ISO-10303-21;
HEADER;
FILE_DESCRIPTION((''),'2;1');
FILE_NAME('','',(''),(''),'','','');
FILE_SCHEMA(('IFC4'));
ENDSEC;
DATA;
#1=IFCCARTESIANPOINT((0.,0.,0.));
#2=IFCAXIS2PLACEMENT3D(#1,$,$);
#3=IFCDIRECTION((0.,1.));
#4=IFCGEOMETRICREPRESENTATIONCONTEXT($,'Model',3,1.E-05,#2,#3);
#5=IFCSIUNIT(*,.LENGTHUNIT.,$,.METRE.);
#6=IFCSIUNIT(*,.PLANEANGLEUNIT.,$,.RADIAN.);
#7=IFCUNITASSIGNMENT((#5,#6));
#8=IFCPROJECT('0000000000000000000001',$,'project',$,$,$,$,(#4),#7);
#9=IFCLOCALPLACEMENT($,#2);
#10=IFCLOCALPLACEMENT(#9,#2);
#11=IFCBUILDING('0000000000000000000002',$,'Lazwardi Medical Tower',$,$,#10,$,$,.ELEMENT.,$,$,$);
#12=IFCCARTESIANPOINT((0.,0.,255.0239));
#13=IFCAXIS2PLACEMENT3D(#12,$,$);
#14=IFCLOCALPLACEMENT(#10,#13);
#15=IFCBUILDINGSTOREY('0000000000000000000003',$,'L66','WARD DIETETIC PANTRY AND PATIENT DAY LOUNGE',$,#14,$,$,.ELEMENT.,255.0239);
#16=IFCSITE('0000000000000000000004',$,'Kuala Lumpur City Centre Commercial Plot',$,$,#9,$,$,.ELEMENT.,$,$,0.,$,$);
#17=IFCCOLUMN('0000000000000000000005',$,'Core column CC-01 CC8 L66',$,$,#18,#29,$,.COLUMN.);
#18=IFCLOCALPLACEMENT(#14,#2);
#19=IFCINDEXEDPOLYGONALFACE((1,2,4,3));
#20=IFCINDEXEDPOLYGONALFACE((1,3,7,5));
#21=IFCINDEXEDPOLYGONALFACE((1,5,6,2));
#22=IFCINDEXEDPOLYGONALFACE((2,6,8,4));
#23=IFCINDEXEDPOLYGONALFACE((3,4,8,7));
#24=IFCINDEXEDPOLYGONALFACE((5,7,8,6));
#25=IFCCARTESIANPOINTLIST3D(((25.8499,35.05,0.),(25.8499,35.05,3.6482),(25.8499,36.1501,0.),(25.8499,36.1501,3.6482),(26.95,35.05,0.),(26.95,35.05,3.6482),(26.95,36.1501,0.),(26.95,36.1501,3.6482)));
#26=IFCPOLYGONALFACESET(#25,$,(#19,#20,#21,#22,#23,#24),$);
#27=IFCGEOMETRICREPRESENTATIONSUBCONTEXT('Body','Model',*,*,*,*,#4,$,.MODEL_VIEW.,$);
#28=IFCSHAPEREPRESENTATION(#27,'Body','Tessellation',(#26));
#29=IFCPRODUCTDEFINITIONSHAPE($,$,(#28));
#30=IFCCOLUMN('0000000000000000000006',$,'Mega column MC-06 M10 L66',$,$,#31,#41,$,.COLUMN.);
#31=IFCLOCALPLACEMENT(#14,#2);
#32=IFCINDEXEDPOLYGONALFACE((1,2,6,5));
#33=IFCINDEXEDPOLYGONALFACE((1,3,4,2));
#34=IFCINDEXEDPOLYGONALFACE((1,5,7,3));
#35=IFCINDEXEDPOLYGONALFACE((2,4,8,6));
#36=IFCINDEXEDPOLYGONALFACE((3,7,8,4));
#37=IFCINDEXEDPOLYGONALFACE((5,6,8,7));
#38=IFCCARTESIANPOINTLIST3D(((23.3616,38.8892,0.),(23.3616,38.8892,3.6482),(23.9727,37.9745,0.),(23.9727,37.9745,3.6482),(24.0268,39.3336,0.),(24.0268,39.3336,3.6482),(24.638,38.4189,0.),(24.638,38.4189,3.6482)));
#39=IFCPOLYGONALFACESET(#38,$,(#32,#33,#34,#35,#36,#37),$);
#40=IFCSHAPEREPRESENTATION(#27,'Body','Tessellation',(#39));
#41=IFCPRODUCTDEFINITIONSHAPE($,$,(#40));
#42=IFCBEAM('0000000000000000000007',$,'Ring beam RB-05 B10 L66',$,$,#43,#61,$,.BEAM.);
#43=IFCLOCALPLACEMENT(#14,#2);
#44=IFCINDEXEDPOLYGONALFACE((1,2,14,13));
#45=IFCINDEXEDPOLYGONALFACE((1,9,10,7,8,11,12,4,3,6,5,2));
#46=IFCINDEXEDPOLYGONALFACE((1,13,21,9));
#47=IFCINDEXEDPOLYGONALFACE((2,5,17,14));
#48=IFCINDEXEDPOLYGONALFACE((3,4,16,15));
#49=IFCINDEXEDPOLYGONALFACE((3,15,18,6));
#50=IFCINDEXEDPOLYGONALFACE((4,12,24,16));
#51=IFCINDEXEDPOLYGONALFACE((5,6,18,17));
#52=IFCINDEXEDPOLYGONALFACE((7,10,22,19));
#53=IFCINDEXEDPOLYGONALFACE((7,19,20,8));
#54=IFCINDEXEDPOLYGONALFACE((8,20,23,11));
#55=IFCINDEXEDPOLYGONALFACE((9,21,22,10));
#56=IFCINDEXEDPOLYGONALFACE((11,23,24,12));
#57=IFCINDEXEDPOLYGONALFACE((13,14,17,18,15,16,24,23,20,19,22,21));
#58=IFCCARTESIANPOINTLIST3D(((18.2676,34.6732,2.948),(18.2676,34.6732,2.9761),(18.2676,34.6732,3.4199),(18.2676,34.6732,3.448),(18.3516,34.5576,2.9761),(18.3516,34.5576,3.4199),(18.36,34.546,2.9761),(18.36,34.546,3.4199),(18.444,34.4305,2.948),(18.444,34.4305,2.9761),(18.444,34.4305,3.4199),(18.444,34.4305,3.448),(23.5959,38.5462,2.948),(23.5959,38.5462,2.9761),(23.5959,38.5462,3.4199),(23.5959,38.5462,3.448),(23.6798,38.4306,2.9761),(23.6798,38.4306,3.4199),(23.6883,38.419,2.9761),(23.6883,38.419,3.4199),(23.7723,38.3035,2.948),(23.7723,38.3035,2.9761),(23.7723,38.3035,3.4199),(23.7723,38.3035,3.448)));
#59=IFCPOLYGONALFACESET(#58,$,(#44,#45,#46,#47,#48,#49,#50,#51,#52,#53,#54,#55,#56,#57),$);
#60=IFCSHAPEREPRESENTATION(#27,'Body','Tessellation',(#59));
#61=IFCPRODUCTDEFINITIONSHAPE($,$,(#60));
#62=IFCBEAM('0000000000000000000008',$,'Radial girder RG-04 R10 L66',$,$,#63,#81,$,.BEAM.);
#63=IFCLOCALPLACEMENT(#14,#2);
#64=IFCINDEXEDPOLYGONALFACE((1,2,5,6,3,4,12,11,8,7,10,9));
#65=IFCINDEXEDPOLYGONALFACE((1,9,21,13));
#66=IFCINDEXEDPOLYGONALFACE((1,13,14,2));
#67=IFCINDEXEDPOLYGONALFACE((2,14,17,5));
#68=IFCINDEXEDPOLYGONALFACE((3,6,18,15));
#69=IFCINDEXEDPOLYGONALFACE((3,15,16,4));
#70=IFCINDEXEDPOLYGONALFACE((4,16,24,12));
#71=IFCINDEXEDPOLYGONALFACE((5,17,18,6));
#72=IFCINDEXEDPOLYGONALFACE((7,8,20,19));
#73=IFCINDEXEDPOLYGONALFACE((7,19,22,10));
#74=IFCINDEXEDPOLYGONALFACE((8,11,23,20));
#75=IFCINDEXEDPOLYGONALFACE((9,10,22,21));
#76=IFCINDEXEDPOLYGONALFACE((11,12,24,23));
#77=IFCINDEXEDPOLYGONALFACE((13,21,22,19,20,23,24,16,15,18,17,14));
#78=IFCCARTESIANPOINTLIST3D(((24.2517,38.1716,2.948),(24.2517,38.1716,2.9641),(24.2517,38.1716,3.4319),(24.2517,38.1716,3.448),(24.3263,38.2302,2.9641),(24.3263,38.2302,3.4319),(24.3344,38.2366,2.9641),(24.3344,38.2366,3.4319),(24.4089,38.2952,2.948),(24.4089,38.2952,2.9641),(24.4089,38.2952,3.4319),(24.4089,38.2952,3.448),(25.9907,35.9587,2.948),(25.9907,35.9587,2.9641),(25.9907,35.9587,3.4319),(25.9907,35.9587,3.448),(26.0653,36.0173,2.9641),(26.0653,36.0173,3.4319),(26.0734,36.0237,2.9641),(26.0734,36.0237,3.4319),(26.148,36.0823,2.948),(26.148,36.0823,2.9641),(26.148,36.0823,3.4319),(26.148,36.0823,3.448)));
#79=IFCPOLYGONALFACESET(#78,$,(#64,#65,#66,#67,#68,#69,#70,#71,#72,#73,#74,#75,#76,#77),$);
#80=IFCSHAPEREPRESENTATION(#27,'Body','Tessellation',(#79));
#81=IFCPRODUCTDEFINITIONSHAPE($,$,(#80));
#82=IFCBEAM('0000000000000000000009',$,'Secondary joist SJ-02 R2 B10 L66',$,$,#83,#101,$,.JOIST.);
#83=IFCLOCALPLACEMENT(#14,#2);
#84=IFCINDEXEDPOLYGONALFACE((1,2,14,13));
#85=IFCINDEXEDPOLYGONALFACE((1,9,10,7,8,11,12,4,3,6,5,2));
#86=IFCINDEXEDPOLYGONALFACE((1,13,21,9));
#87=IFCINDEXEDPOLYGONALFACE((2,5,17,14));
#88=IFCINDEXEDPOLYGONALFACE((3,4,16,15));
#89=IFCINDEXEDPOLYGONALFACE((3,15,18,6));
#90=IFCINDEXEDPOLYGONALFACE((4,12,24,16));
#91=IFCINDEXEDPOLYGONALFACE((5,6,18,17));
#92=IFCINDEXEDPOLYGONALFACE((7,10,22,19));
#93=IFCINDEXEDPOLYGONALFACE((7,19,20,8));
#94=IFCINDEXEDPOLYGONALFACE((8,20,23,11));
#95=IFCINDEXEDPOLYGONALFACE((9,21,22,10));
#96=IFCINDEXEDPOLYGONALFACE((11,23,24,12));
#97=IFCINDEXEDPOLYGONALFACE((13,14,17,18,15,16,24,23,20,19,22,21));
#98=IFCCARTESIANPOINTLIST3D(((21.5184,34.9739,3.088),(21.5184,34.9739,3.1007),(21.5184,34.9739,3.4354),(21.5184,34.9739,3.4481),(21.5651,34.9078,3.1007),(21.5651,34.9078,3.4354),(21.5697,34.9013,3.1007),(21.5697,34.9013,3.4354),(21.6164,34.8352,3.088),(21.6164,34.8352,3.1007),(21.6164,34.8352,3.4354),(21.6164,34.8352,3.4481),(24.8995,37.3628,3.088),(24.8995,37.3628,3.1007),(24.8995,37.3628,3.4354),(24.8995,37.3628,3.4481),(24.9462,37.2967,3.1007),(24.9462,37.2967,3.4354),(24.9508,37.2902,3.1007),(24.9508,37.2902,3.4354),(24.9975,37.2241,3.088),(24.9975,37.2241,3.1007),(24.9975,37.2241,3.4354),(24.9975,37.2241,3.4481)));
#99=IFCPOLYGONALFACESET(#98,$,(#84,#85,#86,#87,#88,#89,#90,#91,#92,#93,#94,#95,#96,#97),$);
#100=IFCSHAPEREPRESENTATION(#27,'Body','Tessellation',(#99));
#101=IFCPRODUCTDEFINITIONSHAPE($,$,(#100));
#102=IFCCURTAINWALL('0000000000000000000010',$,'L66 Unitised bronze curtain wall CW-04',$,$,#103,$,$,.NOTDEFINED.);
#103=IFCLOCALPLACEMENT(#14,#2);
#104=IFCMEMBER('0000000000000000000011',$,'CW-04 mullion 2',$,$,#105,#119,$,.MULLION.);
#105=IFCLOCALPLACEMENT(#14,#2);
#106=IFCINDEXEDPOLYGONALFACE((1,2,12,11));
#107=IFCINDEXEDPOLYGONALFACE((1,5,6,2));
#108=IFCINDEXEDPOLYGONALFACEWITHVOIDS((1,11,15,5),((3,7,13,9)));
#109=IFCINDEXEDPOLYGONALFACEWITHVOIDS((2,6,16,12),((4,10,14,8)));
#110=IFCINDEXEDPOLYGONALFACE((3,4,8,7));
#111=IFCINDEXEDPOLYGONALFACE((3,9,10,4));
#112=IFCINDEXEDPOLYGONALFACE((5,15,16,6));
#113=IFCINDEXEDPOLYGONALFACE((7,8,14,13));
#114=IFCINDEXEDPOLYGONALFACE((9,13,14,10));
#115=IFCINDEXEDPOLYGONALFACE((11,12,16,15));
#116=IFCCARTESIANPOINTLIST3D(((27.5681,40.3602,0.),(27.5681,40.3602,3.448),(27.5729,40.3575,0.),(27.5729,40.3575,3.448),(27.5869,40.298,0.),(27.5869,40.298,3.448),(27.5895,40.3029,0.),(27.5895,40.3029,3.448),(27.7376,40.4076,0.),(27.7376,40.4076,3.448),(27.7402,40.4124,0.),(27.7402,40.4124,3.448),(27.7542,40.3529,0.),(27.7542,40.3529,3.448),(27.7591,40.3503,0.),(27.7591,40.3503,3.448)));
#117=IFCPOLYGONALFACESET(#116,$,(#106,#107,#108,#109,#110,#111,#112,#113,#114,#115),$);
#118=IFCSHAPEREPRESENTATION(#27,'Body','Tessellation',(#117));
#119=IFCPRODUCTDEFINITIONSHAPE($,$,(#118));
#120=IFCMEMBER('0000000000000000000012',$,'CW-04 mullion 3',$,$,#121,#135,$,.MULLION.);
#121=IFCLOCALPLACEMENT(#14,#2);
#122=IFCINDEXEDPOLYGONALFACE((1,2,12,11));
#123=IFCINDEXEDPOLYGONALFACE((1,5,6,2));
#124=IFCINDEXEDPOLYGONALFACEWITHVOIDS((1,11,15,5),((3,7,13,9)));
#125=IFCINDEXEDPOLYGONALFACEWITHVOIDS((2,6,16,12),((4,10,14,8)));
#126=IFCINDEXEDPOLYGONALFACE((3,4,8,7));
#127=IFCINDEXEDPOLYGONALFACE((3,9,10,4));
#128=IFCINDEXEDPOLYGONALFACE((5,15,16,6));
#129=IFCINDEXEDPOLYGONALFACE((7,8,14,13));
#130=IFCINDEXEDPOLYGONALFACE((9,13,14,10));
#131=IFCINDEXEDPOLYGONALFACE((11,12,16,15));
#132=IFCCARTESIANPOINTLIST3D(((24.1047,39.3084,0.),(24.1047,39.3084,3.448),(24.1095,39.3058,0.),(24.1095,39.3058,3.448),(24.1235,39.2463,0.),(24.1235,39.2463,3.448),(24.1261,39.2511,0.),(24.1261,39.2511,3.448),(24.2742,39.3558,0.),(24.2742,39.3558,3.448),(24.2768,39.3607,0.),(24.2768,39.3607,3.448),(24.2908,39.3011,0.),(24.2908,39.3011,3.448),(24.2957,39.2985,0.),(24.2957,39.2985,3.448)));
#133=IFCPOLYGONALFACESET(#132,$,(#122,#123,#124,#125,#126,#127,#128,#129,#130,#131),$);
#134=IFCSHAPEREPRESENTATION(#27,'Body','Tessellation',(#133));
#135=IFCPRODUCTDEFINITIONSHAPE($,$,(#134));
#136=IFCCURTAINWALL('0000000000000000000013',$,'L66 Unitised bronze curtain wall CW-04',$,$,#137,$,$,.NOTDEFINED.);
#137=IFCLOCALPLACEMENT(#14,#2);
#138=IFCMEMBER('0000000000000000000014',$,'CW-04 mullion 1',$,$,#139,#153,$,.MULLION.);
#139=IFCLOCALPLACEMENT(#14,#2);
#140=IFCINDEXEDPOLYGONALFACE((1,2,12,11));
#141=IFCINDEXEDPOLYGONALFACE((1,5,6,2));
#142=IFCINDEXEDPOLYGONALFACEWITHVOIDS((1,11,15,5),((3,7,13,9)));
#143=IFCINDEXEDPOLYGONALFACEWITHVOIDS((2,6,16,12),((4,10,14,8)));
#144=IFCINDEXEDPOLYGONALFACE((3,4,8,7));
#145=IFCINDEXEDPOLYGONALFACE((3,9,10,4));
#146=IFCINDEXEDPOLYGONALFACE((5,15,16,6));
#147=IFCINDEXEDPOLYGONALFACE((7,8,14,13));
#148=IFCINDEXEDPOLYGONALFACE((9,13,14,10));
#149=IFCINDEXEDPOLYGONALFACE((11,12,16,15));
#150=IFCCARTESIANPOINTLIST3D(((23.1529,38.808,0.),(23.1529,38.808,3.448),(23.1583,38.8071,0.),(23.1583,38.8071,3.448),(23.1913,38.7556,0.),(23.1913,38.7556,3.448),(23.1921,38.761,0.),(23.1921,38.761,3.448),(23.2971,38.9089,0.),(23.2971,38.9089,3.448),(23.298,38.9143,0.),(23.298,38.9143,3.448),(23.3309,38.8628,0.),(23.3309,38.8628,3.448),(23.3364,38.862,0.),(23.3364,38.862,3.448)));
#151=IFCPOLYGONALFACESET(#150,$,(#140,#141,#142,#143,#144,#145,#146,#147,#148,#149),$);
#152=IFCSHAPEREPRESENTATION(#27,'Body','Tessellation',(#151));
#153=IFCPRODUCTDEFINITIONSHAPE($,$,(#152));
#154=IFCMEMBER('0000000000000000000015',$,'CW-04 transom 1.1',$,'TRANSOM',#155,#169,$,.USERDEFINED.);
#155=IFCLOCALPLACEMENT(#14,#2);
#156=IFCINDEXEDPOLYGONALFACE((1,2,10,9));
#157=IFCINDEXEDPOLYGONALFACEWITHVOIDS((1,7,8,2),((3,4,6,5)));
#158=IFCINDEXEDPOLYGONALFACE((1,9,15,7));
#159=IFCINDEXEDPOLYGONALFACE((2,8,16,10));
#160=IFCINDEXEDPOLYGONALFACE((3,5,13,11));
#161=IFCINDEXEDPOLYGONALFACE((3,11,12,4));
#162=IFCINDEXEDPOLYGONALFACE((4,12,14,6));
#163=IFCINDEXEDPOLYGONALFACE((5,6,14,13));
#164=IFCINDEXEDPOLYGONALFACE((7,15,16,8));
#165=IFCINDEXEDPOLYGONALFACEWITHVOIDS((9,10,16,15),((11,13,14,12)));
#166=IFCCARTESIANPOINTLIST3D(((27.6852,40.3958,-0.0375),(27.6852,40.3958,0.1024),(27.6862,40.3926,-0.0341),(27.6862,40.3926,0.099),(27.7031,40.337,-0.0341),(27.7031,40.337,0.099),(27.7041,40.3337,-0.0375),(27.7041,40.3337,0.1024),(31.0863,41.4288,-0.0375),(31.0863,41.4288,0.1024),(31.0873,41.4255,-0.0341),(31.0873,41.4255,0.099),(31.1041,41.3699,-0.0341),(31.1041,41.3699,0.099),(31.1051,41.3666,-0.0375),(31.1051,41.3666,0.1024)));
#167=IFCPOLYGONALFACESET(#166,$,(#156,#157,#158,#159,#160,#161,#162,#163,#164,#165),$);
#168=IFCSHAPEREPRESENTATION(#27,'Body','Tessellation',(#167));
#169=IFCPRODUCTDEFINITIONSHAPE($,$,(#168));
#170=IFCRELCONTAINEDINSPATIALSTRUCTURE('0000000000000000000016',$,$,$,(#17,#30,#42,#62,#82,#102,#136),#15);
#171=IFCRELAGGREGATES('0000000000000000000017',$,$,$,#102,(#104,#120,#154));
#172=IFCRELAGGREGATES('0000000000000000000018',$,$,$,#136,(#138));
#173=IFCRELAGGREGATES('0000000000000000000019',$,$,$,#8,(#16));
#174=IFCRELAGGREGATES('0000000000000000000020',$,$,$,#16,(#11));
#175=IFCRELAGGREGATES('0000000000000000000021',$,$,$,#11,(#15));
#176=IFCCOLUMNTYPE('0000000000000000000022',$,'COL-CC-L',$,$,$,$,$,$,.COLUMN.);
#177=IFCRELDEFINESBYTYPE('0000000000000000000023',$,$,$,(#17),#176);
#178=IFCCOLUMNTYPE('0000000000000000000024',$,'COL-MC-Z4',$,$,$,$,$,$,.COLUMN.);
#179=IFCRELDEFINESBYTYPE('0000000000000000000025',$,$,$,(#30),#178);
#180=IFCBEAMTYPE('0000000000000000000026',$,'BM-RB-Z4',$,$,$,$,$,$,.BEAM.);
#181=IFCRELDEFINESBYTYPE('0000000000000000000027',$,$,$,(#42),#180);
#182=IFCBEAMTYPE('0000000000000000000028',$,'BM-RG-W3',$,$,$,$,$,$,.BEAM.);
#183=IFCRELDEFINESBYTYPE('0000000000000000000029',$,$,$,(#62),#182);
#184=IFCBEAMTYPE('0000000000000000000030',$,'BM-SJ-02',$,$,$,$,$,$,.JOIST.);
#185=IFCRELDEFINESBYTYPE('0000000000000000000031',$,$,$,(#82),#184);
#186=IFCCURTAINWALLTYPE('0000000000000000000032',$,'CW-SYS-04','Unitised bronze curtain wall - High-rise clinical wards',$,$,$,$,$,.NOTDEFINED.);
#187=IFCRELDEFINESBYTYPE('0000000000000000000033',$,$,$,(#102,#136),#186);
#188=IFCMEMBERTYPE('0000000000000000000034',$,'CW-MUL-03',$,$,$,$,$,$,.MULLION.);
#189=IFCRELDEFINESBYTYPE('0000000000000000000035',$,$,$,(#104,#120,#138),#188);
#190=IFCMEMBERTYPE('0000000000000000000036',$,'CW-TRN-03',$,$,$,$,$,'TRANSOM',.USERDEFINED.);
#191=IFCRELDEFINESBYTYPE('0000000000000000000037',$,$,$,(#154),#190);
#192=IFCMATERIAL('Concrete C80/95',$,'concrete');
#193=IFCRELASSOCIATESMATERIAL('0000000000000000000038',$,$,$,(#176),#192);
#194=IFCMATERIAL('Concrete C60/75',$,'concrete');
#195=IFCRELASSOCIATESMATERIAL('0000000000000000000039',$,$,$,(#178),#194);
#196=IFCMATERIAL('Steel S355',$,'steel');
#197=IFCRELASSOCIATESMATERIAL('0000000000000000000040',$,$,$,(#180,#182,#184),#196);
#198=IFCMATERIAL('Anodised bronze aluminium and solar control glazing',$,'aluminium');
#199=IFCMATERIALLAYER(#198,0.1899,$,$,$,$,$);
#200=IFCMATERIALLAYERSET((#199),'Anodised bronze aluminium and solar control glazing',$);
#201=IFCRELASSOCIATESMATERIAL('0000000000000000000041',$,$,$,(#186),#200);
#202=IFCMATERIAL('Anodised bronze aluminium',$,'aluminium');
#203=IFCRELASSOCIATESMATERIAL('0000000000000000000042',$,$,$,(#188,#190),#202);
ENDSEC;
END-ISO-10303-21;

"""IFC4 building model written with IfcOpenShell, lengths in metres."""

from ifc_helpers import new_model, si_unit, direction, frame, origin, origin_2d, place, context, subcontext, project, spatial, rectangle, hollow_rectangle, i_section, extrude, material, layer, layer_set, material_profile, profile_set, type_object, element, aggregate, save


model = new_model("IFC4")

# Units and contexts
model_context = context("Model", 3, precision=1e-05, world=origin(), true_north=direction((0.0, 1.0)))
body_context = subcontext(model_context, "Body", "Model", "MODEL_VIEW")
ifc_project = project(units=[si_unit("LENGTHUNIT", "METRE"), si_unit("PLANEANGLEUNIT", "RADIAN")], contexts=[model_context])

# Site, building, storey
site_placement = place(None, origin())
site = spatial("IfcSite", under=ifc_project, at=site_placement, Name="Kuala Lumpur City Centre Commercial Plot", CompositionType="ELEMENT", RefElevation=0.0)
building_placement = place(site_placement, origin())
building = spatial("IfcBuilding", under=site, at=building_placement, Name="Lazwardi Medical Tower", CompositionType="ELEMENT")
storey_placement = place(building_placement, frame((0.0, 0.0, 255.0239)))
storey = spatial("IfcBuildingStorey", under=building, at=storey_placement, Name="L66", Description="WARD DIETETIC PANTRY AND PATIENT DAY LOUNGE", CompositionType="ELEMENT", Elevation=255.0239)

# Columns
ifc_material_1 = material(Name="Concrete C80/95", Category="concrete")
ifc_material_profile_1 = material_profile(ifc_material_1, rectangle(XDim=1.1001, YDim=1.1001, at=origin_2d()), Name="RC 1100x1100")
ifc_profile_set_1 = profile_set([ifc_material_profile_1], Name="Concrete C80/95")
column_type_1 = type_object("IfcColumnType", Name="COL-CC-L", PredefinedType="COLUMN", material=ifc_profile_set_1)
column_1_placement = place(storey_placement, frame((26.3999, 35.6001, 0.0), z_axis=(0.0, 0.0, 1.0), x_axis=(1.0, 0.0, 0.0)))
element("IfcColumn", 1, at=column_1_placement, inside=storey, type_object=column_type_1, Name="Core column CC-01 CC8 L66", PredefinedType="COLUMN", context=body_context, shape_type="SweptSolid", body=[
    extrude(rectangle(XDim=1.1001, YDim=1.1001, at=origin_2d()), origin(), (0.0, 0.0, 1.0), 3.6482),
])
ifc_material_2 = material(Name="Concrete C60/75", Category="concrete")
ifc_material_profile_2 = material_profile(ifc_material_2, rectangle(XDim=1.1001, YDim=0.8, at=origin_2d()), Name="CFT-RECT 1100x800")
ifc_profile_set_2 = profile_set([ifc_material_profile_2], Name="Concrete C60/75")
column_type_2 = type_object("IfcColumnType", Name="COL-MC-Z4", PredefinedType="COLUMN", material=ifc_profile_set_2)
column_2_placement = place(storey_placement, frame((23.9998, 38.6541, 0.0), z_axis=(0.0, 0.0, 1.0), x_axis=(-0.55557, 0.83147, 0.0)))
element("IfcColumn", 2, at=column_2_placement, inside=storey, type_object=column_type_2, Name="Mega column MC-06 M10 L66", PredefinedType="COLUMN", context=body_context, shape_type="SweptSolid", body=[
    extrude(rectangle(XDim=1.1001, YDim=0.8, at=origin_2d()), origin(), (0.0, 0.0, 1.0), 3.6482),
])

# Beams
ifc_material_3 = material(Name="Steel S355", Category="steel")
ifc_material_profile_3 = material_profile(ifc_material_3, i_section(OverallWidth=0.3, OverallDepth=0.5, WebThickness=0.0144, FlangeThickness=0.0281, at=origin_2d()), Name="HEB 500")
ifc_profile_set_3 = profile_set([ifc_material_profile_3], Name="Steel S355")
beam_type_1 = type_object("IfcBeamType", Name="BM-RB-Z4", PredefinedType="BEAM", material=ifc_profile_set_3)
beam_1_placement = place(storey_placement, frame((23.6841, 38.4248, 3.198), z_axis=(-0.80889, -0.58796, 0.0), x_axis=(0.58796, -0.80889, 0.0)))
element("IfcBeam", 3, at=beam_1_placement, inside=storey, type_object=beam_type_1, Name="Ring beam RB-05 B10 L66", PredefinedType="BEAM", context=body_context, shape_type="SweptSolid", body=[
    extrude(i_section(OverallWidth=0.3, OverallDepth=0.5, WebThickness=0.0144, FlangeThickness=0.0281, at=origin_2d()), origin(), (0.0, 0.0, 1.0), 6.5872),
])
ifc_material_profile_4 = material_profile(ifc_material_3, i_section(OverallWidth=0.2, OverallDepth=0.5, WebThickness=0.0103, FlangeThickness=0.0161, at=origin_2d()), Name="IPE 500")
ifc_profile_set_4 = profile_set([ifc_material_profile_4], Name="Steel S355")
beam_type_2 = type_object("IfcBeamType", Name="BM-RG-W3", PredefinedType="BEAM", material=ifc_profile_set_4)
beam_2_placement = place(storey_placement, frame((24.3303, 38.2334, 3.198), z_axis=(0.617891, -0.786264, 0.0), x_axis=(0.786264, 0.617891, 0.0)))
element("IfcBeam", 4, at=beam_2_placement, inside=storey, type_object=beam_type_2, Name="Radial girder RG-04 R10 L66", PredefinedType="BEAM", context=body_context, shape_type="SweptSolid", body=[
    extrude(i_section(OverallWidth=0.2, OverallDepth=0.5, WebThickness=0.0103, FlangeThickness=0.0161, at=origin_2d()), origin(), (0.0, 0.0, 1.0), 2.8145),
])
ifc_material_profile_5 = material_profile(ifc_material_3, i_section(OverallWidth=0.1699, OverallDepth=0.3601, WebThickness=0.0081, FlangeThickness=0.0127, at=origin_2d()), Name="IPE 360")
ifc_profile_set_5 = profile_set([ifc_material_profile_5], Name="Steel S355")
beam_type_3 = type_object("IfcBeamType", Name="BM-SJ-02", PredefinedType="JOIST", material=ifc_profile_set_5)
beam_3_placement = place(storey_placement, frame((24.9485, 37.2935, 3.2681), z_axis=(-0.816711, -0.577047, 0.0), x_axis=(0.577047, -0.816711, 0.0)))
element("IfcBeam", 5, at=beam_3_placement, inside=storey, type_object=beam_type_3, Name="Secondary joist SJ-02 R2 B10 L66", PredefinedType="JOIST", context=body_context, shape_type="SweptSolid", body=[
    extrude(i_section(OverallWidth=0.1699, OverallDepth=0.3601, WebThickness=0.0081, FlangeThickness=0.0127, at=origin_2d()), origin(), (0.0, 0.0, 1.0), 4.1399),
])

# Curtain wall, members
ifc_material_4 = material(Name="Anodised bronze aluminium and solar control glazing", Category="aluminium")
ifc_layer_1 = layer(ifc_material_4, 0.1899)
ifc_layer_set_1 = layer_set([ifc_layer_1], Name="Anodised bronze aluminium and solar control glazing")
curtain_wall_type = type_object("IfcCurtainWallType", Name="CW-SYS-04", Description="Unitised bronze curtain wall - High-rise clinical wards", PredefinedType="NOTDEFINED", material=ifc_layer_set_1)
curtain_wall_1_placement = place(storey_placement, origin())
curtain_wall_1 = element("IfcCurtainWall", 6, at=curtain_wall_1_placement, inside=storey, type_object=curtain_wall_type, Name="L66 Unitised bronze curtain wall CW-04", PredefinedType="NOTDEFINED")
ifc_material_5 = material(Name="Anodised bronze aluminium", Category="aluminium")
ifc_material_profile_6 = material_profile(ifc_material_5, hollow_rectangle(XDim=0.0649, YDim=0.1799, WallThickness=0.0039, at=origin_2d()), Name="ALU-MULLION 180x65x4")
ifc_profile_set_6 = profile_set([ifc_material_profile_6], Name="Anodised bronze aluminium")
member_type_1 = type_object("IfcMemberType", Name="CW-MUL-03", PredefinedType="MULLION", material=ifc_profile_set_6)
member_1_placement = place(storey_placement, frame((27.6636, 40.3552, 0.0), z_axis=(0.0, 0.0, 1.0), x_axis=(0.290582, -0.95685, 0.0)))
member_1 = element("IfcMember", 7, at=member_1_placement, type_object=member_type_1, Name="CW-04 mullion 2", PredefinedType="MULLION", context=body_context, shape_type="SweptSolid", body=[
    extrude(hollow_rectangle(XDim=0.0649, YDim=0.1799, WallThickness=0.0039, at=origin_2d()), origin(), (0.0, 0.0, 1.0), 3.448),
])
member_2_placement = place(storey_placement, frame((24.2002, 39.3035, 0.0), z_axis=(0.0, 0.0, 1.0), x_axis=(0.290582, -0.95685, 0.0)))
member_2 = element("IfcMember", 8, at=member_2_placement, type_object=member_type_1, Name="CW-04 mullion 3", PredefinedType="MULLION", context=body_context, shape_type="SweptSolid", body=[
    extrude(hollow_rectangle(XDim=0.0649, YDim=0.1799, WallThickness=0.0039, at=origin_2d()), origin(), (0.0, 0.0, 1.0), 3.448),
])

# Curtain wall, member
curtain_wall_2_placement = place(storey_placement, origin())
curtain_wall_2 = element("IfcCurtainWall", 9, at=curtain_wall_2_placement, inside=storey, type_object=curtain_wall_type, Name="L66 Unitised bronze curtain wall CW-04", PredefinedType="NOTDEFINED")
member_3_placement = place(storey_placement, frame((23.2446, 38.835, 0.0), z_axis=(0.0, 0.0, 1.0), x_axis=(0.591268, -0.806475, 0.0)))
member_3 = element("IfcMember", 10, at=member_3_placement, type_object=member_type_1, Name="CW-04 mullion 1", PredefinedType="MULLION", context=body_context, shape_type="SweptSolid", body=[
    extrude(hollow_rectangle(XDim=0.0649, YDim=0.1799, WallThickness=0.0039, at=origin_2d()), origin(), (0.0, 0.0, 1.0), 3.448),
])

# Member
ifc_material_profile_7 = material_profile(ifc_material_5, hollow_rectangle(XDim=0.0649, YDim=0.1399, WallThickness=0.0034, at=origin_2d()), Name="ALU-TRANSOM 140x65x3.5")
ifc_profile_set_7 = profile_set([ifc_material_profile_7], Name="Anodised bronze aluminium")
member_type_2 = type_object("IfcMemberType", Name="CW-TRN-03", ElementType="TRANSOM", PredefinedType="USERDEFINED", material=ifc_profile_set_7)
member_4_placement = place(storey_placement, frame((31.0957, 41.3977, 0.0325), z_axis=(-0.956843, -0.290604, 0.0), x_axis=(0.290604, -0.956843, 0.0)))
member_4 = element("IfcMember", 11, at=member_4_placement, type_object=member_type_2, Name="CW-04 transom 1.1", ObjectType="TRANSOM", PredefinedType="USERDEFINED", context=body_context, shape_type="SweptSolid", body=[
    extrude(hollow_rectangle(XDim=0.0649, YDim=0.1399, WallThickness=0.0034, at=origin_2d()), origin(), (0.0, 0.0, 1.0), 3.5544),
])

aggregate(curtain_wall_1, [member_1, member_2, member_4])
aggregate(curtain_wall_2, [member_3])

save(model, "model.ifc")
